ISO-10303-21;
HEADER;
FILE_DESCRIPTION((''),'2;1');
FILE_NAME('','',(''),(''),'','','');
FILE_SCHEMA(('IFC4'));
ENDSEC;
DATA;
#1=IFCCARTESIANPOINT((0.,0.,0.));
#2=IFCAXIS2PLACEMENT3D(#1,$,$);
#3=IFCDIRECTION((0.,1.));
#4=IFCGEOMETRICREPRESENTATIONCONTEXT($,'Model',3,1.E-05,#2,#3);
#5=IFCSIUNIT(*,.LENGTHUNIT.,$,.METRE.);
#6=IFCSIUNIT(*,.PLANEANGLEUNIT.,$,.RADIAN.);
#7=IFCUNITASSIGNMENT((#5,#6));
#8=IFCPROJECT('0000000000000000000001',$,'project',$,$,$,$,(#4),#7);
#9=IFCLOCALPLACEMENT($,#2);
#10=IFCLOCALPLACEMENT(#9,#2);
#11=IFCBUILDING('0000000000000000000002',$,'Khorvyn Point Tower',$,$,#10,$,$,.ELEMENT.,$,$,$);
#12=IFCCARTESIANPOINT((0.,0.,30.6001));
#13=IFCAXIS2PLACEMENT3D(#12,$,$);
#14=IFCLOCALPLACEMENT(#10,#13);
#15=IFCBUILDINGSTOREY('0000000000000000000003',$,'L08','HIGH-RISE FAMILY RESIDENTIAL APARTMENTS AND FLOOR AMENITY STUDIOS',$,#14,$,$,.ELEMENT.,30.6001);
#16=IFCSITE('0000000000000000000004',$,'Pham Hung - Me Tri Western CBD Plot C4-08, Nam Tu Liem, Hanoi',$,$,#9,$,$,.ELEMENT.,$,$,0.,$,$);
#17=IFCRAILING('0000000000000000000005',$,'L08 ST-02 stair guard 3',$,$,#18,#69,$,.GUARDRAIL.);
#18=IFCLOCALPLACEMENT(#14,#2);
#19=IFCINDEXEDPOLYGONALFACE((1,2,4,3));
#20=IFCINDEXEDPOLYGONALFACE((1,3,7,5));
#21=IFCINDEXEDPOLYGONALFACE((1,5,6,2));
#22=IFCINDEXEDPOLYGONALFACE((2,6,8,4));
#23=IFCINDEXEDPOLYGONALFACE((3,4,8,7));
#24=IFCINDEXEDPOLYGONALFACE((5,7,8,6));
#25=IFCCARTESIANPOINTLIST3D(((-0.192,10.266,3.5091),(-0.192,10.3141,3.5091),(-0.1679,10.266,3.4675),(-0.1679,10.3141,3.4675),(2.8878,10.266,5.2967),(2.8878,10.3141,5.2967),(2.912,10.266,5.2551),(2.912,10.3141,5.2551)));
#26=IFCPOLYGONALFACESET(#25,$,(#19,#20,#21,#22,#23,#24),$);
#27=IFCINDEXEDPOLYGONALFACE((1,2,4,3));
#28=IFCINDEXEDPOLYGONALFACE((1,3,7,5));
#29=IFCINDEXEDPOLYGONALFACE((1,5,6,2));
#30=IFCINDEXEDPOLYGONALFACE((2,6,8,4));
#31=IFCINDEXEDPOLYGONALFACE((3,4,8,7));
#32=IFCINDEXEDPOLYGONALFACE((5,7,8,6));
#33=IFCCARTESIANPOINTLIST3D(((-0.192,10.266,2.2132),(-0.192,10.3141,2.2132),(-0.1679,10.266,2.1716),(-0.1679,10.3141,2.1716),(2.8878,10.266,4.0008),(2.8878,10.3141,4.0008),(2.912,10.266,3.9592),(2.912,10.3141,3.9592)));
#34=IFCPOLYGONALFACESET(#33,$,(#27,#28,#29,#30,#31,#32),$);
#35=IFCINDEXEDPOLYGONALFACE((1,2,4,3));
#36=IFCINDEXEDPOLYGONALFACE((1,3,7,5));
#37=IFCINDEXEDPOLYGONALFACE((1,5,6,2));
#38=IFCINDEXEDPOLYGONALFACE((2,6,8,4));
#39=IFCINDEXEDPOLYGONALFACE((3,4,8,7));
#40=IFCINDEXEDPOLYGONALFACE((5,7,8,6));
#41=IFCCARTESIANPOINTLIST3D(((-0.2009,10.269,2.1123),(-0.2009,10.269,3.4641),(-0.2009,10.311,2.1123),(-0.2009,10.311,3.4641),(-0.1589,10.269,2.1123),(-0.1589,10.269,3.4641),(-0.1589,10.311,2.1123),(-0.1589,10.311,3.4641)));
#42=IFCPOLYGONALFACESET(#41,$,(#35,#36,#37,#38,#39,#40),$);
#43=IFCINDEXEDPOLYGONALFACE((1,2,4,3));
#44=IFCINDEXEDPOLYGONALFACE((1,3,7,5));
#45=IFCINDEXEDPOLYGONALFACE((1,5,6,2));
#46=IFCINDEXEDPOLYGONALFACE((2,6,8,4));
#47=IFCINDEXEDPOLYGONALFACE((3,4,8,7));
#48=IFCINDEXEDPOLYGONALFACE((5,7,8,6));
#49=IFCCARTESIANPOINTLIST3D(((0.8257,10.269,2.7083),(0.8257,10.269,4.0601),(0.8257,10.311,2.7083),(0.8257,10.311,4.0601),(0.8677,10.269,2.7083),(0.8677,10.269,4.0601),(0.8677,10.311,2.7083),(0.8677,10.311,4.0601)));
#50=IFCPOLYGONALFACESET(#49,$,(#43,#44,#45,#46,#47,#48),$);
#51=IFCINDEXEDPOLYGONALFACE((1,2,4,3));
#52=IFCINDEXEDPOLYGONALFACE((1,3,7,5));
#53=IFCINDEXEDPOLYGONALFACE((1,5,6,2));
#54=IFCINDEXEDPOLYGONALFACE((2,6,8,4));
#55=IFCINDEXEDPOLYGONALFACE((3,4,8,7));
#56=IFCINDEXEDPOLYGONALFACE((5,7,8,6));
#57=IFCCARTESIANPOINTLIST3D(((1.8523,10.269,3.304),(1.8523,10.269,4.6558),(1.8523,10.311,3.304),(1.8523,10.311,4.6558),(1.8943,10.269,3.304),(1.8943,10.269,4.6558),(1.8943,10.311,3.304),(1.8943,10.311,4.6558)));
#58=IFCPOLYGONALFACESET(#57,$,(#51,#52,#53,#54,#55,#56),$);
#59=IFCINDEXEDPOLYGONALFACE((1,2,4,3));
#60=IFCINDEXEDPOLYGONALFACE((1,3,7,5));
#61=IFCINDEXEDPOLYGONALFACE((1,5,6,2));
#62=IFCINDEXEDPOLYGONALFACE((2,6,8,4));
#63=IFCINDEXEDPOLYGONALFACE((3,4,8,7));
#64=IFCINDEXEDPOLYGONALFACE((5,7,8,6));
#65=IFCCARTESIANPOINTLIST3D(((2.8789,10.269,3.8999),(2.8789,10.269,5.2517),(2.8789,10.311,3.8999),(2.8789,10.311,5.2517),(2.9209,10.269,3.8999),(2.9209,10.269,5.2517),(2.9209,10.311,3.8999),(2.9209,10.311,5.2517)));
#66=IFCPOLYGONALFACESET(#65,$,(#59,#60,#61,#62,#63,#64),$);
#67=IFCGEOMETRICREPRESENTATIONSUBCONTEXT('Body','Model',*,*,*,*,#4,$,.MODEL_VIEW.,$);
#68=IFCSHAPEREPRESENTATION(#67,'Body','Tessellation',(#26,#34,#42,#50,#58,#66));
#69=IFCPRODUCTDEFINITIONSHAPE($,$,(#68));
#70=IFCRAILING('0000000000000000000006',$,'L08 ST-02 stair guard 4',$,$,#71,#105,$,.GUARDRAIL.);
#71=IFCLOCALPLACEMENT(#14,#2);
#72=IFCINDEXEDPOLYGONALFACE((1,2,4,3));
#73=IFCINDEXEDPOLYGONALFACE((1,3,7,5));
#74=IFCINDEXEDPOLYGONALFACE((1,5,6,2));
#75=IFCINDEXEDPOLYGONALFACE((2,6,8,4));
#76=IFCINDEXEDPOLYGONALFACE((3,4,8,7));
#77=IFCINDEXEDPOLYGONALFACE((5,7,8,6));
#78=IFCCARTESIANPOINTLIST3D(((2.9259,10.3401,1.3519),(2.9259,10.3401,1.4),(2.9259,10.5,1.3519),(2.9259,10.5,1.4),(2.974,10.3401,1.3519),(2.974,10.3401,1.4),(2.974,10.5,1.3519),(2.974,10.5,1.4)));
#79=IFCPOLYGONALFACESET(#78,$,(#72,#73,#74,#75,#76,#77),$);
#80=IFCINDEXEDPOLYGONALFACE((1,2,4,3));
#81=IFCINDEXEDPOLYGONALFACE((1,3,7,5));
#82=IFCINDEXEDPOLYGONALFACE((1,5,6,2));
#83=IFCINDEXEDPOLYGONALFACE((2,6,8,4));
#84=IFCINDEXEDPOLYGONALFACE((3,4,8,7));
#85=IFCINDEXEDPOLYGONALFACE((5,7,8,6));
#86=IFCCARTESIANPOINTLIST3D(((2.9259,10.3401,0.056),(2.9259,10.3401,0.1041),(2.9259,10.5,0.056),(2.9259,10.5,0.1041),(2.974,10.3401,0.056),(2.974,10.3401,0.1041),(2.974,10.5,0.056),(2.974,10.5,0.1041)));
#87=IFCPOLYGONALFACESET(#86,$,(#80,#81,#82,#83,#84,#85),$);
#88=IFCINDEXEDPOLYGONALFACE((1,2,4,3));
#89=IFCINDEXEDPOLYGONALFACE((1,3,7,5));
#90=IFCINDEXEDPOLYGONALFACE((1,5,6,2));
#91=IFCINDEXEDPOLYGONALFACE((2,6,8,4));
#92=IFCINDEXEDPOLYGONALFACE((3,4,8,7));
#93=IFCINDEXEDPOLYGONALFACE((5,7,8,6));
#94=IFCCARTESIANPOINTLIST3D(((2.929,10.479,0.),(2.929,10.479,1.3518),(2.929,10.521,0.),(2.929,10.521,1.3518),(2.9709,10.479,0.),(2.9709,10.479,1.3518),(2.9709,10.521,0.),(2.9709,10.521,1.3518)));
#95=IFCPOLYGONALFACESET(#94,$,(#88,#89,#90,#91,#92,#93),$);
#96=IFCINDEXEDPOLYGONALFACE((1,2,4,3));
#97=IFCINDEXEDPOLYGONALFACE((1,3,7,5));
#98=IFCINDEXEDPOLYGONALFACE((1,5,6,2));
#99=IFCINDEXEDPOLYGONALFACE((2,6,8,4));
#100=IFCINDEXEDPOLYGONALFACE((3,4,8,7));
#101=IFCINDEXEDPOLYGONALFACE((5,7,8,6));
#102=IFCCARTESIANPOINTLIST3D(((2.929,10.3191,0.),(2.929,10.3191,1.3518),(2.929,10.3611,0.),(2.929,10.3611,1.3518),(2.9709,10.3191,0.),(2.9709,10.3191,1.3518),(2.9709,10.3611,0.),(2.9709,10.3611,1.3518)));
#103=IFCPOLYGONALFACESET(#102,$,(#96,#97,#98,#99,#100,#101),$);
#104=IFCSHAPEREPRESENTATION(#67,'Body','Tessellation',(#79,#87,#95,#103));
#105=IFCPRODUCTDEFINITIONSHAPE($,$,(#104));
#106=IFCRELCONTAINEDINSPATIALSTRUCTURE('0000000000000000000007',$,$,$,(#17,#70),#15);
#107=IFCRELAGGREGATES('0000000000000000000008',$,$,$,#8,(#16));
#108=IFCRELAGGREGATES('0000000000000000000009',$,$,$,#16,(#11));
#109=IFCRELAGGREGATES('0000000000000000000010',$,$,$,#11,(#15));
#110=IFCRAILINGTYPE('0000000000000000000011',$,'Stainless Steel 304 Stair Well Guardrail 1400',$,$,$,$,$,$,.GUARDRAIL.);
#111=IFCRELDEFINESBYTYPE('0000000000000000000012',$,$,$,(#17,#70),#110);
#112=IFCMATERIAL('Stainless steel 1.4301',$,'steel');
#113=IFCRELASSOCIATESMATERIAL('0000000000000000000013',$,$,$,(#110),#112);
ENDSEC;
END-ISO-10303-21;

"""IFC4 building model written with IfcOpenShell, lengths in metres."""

from ifc_helpers import new_model, si_unit, direction, frame, origin, origin_2d, place, context, subcontext, project, spatial, rectangle, extrude, material, type_object, element, save


model = new_model("IFC4")

# Units and contexts
model_context = context("Model", 3, precision=1e-05, world=origin(), true_north=direction((0.0, 1.0)))
body_context = subcontext(model_context, "Body", "Model", "MODEL_VIEW")
ifc_project = project(units=[si_unit("LENGTHUNIT", "METRE"), si_unit("PLANEANGLEUNIT", "RADIAN")], contexts=[model_context])

# Site, building, storey
site_placement = place(None, origin())
site = spatial("IfcSite", under=ifc_project, at=site_placement, Name="Pham Hung - Me Tri Western CBD Plot C4-08, Nam Tu Liem, Hanoi", CompositionType="ELEMENT", RefElevation=0.0)
building_placement = place(site_placement, origin())
building = spatial("IfcBuilding", under=site, at=building_placement, Name="Khorvyn Point Tower", CompositionType="ELEMENT")
storey_placement = place(building_placement, frame((0.0, 0.0, 30.6001)))
storey = spatial("IfcBuildingStorey", under=building, at=storey_placement, Name="L08", Description="HIGH-RISE FAMILY RESIDENTIAL APARTMENTS AND FLOOR AMENITY STUDIOS", CompositionType="ELEMENT", Elevation=30.6001)

# Shared definitions
ifc_material_1 = material(Name="Stainless steel 1.4301", Category="steel")

# Railings
railing_type_1 = type_object("IfcRailingType", Name="Stainless Steel 304 Stair Well Guardrail 1400", PredefinedType="GUARDRAIL", material=ifc_material_1)
railing_1_placement = place(storey_placement, frame((-0.1799, 10.29, 2.1123)))
element("IfcRailing", 1, at=railing_1_placement, inside=storey, type_object=railing_type_1, Name="L08 ST-02 stair guard 3", PredefinedType="GUARDRAIL", context=body_context, shape_type="SweptSolid", body=[
    extrude(rectangle(XDim=0.0481, YDim=0.0481, at=origin_2d()), frame((0.0, 0.0, 1.376), z_axis=(0.864873, 0.0, 0.50199), x_axis=(0.0, 1.0, 0.0)), (0.0, 0.0, 1.0), 3.561),
    extrude(rectangle(XDim=0.0481, YDim=0.0481, at=origin_2d()), frame((0.0, 0.0, 0.0801), z_axis=(0.864873, 0.0, 0.50199), x_axis=(0.0, 1.0, 0.0)), (0.0, 0.0, 1.0), 3.561),
    extrude(rectangle(XDim=0.042, YDim=0.042, at=origin_2d()), origin(), (0.0, 0.0, 1.0), 1.3518),
    extrude(rectangle(XDim=0.042, YDim=0.042, at=origin_2d()), frame((1.0266, 0.0, 0.5959)), (0.0, 0.0, 1.0), 1.3518),
    extrude(rectangle(XDim=0.042, YDim=0.042, at=origin_2d()), frame((2.0532, 0.0, 1.1917)), (0.0, 0.0, 1.0), 1.3518),
    extrude(rectangle(XDim=0.042, YDim=0.042, at=origin_2d()), frame((3.0798, 0.0, 1.7876)), (0.0, 0.0, 1.0), 1.3518),
])
railing_2_placement = place(storey_placement, frame((2.95, 10.5, 0.0)))
element("IfcRailing", 2, at=railing_2_placement, inside=storey, type_object=railing_type_1, Name="L08 ST-02 stair guard 4", PredefinedType="GUARDRAIL", context=body_context, shape_type="SweptSolid", body=[
    extrude(rectangle(XDim=0.0481, YDim=0.0481, at=origin_2d()), frame((0.0, 0.0, 1.376), z_axis=(0.0, -1.0, 0.0), x_axis=(1.0, 0.0, 0.0)), (0.0, 0.0, 1.0), 0.1599),
    extrude(rectangle(XDim=0.0481, YDim=0.0481, at=origin_2d()), frame((0.0, 0.0, 0.0801), z_axis=(0.0, -1.0, 0.0), x_axis=(1.0, 0.0, 0.0)), (0.0, 0.0, 1.0), 0.1599),
    extrude(rectangle(XDim=0.042, YDim=0.042, at=origin_2d()), origin(), (0.0, 0.0, 1.0), 1.3518),
    extrude(rectangle(XDim=0.042, YDim=0.042, at=origin_2d()), frame((0.0, -0.1599, 0.0)), (0.0, 0.0, 1.0), 1.3518),
])

save(model, "model.ifc")
